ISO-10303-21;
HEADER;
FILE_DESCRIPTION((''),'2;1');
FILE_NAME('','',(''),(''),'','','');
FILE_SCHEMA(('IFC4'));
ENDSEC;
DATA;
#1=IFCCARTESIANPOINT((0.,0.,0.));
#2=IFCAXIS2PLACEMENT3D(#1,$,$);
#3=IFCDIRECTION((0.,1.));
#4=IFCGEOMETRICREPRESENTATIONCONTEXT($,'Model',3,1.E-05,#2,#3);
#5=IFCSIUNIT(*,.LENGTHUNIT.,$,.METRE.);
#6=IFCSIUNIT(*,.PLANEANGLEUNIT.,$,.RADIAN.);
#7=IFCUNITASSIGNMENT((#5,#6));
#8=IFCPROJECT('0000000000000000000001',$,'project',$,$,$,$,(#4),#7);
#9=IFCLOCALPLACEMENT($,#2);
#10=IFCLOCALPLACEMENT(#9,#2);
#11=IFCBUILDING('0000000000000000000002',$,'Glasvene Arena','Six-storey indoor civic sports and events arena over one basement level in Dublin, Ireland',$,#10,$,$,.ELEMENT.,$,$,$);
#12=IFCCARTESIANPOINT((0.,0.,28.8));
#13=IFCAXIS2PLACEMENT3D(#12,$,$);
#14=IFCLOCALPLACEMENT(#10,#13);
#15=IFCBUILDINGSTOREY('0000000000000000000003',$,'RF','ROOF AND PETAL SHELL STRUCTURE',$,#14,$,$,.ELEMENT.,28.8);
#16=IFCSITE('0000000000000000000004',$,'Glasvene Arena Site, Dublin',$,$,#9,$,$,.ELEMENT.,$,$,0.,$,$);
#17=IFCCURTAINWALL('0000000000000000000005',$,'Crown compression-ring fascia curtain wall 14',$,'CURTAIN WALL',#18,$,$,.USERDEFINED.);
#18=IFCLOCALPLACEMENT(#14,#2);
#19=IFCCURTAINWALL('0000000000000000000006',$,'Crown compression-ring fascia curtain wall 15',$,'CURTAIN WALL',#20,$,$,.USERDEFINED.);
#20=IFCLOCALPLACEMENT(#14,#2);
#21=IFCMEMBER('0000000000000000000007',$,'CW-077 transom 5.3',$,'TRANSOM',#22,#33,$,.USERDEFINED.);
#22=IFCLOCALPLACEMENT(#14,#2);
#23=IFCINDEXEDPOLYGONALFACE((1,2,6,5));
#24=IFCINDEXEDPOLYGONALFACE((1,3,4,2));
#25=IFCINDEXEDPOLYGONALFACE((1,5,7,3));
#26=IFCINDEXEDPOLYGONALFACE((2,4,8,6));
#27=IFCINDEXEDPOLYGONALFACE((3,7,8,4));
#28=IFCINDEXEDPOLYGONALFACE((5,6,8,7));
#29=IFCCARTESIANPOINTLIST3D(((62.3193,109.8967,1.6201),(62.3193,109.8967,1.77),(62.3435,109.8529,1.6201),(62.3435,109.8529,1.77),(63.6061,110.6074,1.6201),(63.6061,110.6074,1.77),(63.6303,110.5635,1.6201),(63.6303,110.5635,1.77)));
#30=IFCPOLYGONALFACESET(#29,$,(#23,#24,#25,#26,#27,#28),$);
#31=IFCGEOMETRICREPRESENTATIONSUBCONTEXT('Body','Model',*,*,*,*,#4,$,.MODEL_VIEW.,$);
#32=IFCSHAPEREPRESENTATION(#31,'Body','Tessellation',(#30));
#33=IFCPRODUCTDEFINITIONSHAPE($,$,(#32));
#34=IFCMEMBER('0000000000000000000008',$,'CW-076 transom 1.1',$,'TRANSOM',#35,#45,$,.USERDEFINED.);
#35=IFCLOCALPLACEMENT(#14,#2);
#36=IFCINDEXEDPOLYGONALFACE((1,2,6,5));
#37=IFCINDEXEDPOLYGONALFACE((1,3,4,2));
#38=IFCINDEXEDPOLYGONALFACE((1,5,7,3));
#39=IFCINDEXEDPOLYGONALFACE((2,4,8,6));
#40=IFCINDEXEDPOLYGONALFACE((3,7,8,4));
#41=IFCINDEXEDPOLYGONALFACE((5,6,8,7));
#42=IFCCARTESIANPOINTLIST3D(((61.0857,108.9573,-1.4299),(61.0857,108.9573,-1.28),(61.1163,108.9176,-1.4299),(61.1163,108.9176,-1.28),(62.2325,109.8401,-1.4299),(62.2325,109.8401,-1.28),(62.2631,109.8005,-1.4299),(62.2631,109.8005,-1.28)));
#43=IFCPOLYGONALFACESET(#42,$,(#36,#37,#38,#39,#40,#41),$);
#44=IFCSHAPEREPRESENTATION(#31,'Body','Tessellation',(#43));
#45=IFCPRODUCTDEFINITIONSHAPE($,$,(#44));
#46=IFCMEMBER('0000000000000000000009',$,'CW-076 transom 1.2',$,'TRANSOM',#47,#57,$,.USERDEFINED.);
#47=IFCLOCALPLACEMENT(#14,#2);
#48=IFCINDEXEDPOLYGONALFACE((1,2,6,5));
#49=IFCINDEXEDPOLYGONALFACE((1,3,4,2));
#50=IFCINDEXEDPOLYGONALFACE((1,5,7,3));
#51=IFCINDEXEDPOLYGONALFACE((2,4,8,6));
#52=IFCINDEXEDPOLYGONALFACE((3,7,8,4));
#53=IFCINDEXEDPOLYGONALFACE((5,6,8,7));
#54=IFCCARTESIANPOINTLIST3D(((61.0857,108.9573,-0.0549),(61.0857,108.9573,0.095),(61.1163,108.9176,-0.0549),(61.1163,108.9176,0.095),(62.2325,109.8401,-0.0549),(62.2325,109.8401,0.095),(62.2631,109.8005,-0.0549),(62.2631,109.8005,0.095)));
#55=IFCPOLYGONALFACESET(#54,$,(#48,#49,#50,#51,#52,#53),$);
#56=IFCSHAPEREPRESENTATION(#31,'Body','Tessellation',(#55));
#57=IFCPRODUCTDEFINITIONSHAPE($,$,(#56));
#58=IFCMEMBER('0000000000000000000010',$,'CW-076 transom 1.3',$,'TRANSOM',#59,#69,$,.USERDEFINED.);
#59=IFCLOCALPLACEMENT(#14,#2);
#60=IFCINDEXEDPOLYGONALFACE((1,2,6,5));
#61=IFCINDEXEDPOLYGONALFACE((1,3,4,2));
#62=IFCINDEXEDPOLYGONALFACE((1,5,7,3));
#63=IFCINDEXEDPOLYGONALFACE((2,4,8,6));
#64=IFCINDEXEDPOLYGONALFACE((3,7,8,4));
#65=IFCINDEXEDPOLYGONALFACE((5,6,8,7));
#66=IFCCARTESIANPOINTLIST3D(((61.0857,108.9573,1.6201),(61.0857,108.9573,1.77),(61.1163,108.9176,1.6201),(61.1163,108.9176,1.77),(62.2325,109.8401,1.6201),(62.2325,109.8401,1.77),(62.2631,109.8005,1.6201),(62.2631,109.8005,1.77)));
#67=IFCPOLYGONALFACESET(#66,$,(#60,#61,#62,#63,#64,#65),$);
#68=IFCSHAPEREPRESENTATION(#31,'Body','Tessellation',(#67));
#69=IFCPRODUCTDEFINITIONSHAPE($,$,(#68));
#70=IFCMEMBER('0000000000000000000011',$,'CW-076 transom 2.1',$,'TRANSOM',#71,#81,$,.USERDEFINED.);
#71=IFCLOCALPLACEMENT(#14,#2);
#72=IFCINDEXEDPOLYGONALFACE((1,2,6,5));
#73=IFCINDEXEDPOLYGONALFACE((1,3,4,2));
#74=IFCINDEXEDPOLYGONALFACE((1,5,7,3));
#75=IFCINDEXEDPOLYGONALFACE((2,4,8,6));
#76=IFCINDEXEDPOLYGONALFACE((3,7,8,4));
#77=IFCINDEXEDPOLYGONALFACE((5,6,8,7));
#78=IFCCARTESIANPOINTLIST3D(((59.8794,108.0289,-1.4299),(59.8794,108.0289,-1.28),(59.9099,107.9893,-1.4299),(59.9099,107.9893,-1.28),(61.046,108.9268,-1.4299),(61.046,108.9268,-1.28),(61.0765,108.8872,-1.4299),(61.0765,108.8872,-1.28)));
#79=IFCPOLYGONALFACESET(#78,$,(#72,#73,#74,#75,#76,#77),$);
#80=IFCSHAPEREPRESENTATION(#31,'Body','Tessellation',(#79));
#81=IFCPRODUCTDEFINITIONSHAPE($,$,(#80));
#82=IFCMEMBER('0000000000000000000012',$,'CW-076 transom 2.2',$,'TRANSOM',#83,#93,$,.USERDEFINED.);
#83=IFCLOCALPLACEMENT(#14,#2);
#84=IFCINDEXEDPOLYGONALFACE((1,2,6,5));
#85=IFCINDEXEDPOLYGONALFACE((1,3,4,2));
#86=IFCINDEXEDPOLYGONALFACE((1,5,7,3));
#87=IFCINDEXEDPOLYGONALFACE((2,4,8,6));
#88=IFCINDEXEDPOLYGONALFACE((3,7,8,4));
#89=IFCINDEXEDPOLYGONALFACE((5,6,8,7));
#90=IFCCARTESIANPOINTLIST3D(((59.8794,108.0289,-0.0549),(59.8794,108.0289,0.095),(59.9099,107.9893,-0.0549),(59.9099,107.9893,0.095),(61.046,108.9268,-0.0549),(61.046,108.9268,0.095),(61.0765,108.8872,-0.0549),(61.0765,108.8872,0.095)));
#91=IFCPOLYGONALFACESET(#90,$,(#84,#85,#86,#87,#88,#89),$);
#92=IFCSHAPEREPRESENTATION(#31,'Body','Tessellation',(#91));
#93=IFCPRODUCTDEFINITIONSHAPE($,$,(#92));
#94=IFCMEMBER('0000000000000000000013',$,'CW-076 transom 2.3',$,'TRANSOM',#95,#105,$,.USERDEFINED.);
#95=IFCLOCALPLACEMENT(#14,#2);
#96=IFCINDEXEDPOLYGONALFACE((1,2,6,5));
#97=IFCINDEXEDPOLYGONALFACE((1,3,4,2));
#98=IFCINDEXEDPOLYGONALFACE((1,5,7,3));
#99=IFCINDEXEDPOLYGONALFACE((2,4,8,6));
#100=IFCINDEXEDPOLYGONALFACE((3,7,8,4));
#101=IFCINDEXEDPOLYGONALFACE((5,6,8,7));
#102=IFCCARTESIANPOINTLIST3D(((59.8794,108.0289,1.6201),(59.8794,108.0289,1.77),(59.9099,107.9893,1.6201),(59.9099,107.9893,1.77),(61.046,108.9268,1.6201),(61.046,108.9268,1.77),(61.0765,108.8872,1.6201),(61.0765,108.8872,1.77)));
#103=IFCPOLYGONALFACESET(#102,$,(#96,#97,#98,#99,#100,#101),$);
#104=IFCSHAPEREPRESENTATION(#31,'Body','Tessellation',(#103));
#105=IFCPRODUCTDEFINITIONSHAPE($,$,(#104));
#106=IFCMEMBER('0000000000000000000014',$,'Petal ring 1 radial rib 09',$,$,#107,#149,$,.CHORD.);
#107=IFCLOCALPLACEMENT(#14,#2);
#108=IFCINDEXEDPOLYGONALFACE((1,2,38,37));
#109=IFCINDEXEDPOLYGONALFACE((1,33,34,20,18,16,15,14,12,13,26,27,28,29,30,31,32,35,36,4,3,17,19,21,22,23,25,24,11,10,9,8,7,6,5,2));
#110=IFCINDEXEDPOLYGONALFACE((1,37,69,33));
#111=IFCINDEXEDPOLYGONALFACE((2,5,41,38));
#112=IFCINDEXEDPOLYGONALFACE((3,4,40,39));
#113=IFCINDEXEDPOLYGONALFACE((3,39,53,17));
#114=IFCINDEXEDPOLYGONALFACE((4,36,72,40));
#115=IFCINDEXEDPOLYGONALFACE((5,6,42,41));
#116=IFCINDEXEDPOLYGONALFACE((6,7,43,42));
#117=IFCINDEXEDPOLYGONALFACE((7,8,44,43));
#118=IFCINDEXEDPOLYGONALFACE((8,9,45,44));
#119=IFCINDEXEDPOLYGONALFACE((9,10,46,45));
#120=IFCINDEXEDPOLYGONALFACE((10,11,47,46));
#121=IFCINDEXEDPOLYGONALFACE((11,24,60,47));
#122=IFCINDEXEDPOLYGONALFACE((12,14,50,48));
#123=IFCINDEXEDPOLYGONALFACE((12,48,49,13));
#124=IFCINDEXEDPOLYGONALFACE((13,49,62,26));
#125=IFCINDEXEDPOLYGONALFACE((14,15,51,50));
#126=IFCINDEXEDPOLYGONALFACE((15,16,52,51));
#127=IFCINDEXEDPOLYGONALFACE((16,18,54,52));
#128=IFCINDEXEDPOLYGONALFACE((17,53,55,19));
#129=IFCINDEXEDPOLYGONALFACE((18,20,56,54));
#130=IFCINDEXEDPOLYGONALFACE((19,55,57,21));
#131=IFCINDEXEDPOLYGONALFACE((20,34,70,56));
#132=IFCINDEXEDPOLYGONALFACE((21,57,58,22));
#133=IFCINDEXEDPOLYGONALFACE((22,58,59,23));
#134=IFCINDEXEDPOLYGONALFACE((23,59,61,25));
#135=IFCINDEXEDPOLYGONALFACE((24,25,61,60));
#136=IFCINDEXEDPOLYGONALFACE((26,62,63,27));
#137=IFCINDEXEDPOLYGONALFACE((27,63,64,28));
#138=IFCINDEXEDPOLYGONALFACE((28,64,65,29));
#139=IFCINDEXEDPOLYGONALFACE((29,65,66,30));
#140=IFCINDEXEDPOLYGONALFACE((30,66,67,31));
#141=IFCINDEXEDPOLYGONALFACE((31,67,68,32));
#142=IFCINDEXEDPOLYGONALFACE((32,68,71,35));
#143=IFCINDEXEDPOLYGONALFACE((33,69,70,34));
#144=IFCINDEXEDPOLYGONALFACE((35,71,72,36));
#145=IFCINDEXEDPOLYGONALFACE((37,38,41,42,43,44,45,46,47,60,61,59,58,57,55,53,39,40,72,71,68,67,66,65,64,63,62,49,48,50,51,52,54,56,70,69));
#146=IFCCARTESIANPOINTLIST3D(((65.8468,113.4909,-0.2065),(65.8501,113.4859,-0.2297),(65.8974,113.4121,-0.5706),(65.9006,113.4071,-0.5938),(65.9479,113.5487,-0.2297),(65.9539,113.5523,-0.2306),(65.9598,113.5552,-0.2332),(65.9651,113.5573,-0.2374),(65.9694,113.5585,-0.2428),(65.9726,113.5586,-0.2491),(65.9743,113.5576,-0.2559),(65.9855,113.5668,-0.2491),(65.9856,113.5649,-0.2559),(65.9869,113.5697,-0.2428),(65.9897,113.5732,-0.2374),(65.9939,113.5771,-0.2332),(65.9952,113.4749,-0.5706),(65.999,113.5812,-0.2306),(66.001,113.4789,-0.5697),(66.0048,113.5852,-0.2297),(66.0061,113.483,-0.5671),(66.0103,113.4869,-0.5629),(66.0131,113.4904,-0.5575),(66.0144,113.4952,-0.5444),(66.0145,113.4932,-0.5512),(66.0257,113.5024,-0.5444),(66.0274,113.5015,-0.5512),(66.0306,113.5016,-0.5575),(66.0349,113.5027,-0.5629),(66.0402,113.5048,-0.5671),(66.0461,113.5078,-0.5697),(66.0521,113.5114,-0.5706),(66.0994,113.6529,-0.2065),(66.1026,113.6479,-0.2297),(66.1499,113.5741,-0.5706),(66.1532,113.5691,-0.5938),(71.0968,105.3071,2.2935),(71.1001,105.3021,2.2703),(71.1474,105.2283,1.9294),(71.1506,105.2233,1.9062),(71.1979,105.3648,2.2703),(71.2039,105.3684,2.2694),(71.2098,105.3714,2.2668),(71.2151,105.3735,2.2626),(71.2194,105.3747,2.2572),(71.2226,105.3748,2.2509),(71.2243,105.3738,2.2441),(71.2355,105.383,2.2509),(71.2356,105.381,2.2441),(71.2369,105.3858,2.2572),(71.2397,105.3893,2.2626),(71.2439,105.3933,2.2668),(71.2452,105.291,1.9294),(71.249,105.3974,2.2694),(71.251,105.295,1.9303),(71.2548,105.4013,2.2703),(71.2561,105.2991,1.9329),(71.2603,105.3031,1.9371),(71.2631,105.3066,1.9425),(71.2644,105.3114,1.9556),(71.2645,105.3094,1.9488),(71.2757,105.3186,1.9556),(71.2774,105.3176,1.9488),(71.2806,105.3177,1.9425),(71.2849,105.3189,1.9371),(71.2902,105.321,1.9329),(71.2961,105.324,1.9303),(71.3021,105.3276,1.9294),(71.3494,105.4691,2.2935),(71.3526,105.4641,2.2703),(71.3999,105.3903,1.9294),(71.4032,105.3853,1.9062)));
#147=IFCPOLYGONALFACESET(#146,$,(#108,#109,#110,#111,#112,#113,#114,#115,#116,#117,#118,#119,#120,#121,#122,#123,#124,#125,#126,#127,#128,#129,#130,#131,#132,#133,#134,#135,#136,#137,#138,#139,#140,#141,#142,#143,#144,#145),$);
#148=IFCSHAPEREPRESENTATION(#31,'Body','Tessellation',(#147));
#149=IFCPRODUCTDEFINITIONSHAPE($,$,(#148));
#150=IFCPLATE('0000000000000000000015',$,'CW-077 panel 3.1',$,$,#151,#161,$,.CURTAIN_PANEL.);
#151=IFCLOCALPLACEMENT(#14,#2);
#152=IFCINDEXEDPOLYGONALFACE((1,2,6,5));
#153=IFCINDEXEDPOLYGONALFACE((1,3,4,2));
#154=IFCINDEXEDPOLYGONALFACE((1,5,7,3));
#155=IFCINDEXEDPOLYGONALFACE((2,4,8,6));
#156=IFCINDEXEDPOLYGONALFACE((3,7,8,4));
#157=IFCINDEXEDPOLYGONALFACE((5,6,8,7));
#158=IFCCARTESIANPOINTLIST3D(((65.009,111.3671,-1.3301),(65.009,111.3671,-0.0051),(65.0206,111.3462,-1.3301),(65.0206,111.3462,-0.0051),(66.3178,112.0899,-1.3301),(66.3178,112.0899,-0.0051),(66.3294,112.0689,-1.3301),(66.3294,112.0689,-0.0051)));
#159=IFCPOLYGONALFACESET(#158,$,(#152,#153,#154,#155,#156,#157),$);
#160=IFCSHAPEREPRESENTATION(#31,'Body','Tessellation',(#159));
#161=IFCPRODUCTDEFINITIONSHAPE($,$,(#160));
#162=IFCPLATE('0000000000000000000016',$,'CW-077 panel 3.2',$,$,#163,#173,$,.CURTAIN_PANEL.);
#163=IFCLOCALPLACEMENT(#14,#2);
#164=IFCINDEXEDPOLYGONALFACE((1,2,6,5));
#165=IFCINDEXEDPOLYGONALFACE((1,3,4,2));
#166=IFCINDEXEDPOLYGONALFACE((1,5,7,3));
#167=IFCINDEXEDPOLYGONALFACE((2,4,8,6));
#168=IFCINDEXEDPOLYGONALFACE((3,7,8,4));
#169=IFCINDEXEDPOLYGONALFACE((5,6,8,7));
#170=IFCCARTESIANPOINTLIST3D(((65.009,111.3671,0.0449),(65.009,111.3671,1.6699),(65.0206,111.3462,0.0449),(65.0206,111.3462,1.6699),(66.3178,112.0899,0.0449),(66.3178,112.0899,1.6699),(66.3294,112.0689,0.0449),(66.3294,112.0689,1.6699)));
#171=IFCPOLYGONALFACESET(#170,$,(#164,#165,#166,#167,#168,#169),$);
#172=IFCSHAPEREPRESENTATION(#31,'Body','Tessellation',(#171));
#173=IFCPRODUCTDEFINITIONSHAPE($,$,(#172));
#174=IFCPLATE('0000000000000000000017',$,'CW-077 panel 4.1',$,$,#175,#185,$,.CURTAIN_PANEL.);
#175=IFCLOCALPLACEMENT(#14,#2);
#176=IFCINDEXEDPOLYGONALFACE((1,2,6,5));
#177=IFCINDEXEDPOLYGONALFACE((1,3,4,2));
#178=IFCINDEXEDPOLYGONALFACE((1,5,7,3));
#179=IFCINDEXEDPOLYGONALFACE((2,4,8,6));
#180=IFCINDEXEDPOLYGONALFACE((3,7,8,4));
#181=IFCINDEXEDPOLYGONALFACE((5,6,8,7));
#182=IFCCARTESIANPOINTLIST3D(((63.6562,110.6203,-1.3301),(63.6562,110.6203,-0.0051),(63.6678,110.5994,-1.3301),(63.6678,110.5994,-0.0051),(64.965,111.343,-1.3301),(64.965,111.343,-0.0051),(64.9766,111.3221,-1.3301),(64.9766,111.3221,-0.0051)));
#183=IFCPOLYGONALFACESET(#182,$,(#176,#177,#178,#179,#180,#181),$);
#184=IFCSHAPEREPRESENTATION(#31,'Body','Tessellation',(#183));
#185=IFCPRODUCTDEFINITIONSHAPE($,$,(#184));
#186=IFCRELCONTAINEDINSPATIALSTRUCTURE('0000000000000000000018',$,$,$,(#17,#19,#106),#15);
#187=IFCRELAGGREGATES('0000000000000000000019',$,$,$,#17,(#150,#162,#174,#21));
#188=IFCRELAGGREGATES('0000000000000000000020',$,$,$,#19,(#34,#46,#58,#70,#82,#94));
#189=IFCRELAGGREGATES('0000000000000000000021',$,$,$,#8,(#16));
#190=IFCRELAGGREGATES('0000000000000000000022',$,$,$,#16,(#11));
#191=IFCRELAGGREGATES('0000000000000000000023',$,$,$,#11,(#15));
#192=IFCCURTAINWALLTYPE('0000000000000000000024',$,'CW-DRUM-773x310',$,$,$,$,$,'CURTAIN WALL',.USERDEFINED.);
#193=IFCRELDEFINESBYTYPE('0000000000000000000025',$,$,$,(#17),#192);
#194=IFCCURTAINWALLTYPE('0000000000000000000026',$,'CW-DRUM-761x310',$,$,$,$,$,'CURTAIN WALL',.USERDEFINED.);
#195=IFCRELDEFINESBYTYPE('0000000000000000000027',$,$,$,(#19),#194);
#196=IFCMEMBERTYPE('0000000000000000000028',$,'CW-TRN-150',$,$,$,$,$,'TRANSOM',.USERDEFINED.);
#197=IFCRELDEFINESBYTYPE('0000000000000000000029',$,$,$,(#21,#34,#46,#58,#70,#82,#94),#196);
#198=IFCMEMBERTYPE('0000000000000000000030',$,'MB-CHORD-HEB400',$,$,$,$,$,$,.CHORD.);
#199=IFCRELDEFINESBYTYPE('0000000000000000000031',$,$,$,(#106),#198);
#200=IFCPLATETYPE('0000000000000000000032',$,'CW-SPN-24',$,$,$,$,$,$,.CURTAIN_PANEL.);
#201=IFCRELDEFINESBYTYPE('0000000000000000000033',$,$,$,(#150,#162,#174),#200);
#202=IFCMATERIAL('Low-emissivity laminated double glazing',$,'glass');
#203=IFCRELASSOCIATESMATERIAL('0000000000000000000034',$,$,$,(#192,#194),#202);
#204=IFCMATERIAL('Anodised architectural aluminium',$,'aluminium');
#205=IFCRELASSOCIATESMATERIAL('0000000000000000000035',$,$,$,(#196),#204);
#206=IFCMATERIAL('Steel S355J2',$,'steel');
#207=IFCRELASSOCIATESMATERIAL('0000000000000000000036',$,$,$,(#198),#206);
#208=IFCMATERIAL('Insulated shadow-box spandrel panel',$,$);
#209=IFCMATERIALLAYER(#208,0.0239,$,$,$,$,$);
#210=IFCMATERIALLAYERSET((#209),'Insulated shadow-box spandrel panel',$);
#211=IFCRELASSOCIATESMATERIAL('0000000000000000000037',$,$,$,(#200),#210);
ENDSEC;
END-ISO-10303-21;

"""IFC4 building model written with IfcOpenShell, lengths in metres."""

from ifc_helpers import new_model, si_unit, direction, frame, origin, origin_2d, place, context, subcontext, project, spatial, rectangle, i_section, extrude, material, layer, layer_set, material_profile, profile_set, type_object, element, aggregate, save


model = new_model("IFC4")

# Units and contexts
model_context = context("Model", 3, precision=1e-05, world=origin(), true_north=direction((0.0, 1.0)))
body_context = subcontext(model_context, "Body", "Model", "MODEL_VIEW")
ifc_project = project(units=[si_unit("LENGTHUNIT", "METRE"), si_unit("PLANEANGLEUNIT", "RADIAN")], contexts=[model_context])

# Site, building, storey
site_placement = place(None, origin())
site = spatial("IfcSite", under=ifc_project, at=site_placement, Name="Glasvene Arena Site, Dublin", CompositionType="ELEMENT", RefElevation=0.0)
building_placement = place(site_placement, origin())
building = spatial("IfcBuilding", under=site, at=building_placement, Name="Glasvene Arena", Description="Six-storey indoor civic sports and events arena over one basement level in Dublin, Ireland", CompositionType="ELEMENT")
storey_placement = place(building_placement, frame((0.0, 0.0, 28.8)))
storey = spatial("IfcBuildingStorey", under=building, at=storey_placement, Name="RF", Description="ROOF AND PETAL SHELL STRUCTURE", CompositionType="ELEMENT", Elevation=28.8)

# Shared definitions
ifc_material_1 = material(Name="Steel S355J2", Category="steel")

# Curtain walls
ifc_material_2 = material(Name="Low-emissivity laminated double glazing", Category="glass")
curtain_wall_type_1 = type_object("IfcCurtainWallType", Name="CW-DRUM-773x310", ElementType="CURTAIN WALL", PredefinedType="USERDEFINED", material=ifc_material_2)
curtain_wall_1_placement = place(storey_placement, frame((69.0508, 113.5852, 0.0)))
curtain_wall_1 = element("IfcCurtainWall", 1, at=curtain_wall_1_placement, inside=storey, type_object=curtain_wall_type_1, Name="Crown compression-ring fascia curtain wall 14", ObjectType="CURTAIN WALL", PredefinedType="USERDEFINED")
ifc_material_3 = material(Name="Anodised architectural aluminium", Category="aluminium")
curtain_wall_type_2 = type_object("IfcCurtainWallType", Name="CW-DRUM-761x310", ElementType="CURTAIN WALL", PredefinedType="USERDEFINED", material=ifc_material_2)
curtain_wall_2_placement = place(storey_placement, frame((62.2876, 109.8506, 0.0)))
curtain_wall_2 = element("IfcCurtainWall", 2, at=curtain_wall_2_placement, inside=storey, type_object=curtain_wall_type_2, Name="Crown compression-ring fascia curtain wall 15", ObjectType="CURTAIN WALL", PredefinedType="USERDEFINED")

# Members
ifc_material_profile_1 = material_profile(ifc_material_3, rectangle(XDim=0.05, YDim=0.1499, at=origin_2d()), Name="ALU TRANSOM 50x150")
ifc_profile_set_1 = profile_set([ifc_material_profile_1], Name="Anodised architectural aluminium")
member_type_1 = type_object("IfcMemberType", Name="CW-TRN-150", ElementType="TRANSOM", PredefinedType="USERDEFINED", material=ifc_profile_set_1)
member_1_placement = place(storey_placement, frame((63.6182, 110.5854, 1.6951), z_axis=(-0.875377, -0.483442, 0.0), x_axis=(0.483442, -0.875377, 0.0)))
member_1 = element("IfcMember", 3, at=member_1_placement, type_object=member_type_1, Name="CW-077 transom 5.3", ObjectType="TRANSOM", PredefinedType="USERDEFINED", context=body_context, shape_type="SweptSolid", body=[
    extrude(rectangle(XDim=0.05, YDim=0.1499, at=origin_2d()), origin(), (0.0, 0.0, 1.0), 1.47),
])
member_2_placement = place(storey_placement, frame((62.2478, 109.8203, -1.355), z_axis=(-0.792386, -0.610021, 0.0), x_axis=(0.610021, -0.792386, 0.0)))
member_2 = element("IfcMember", 4, at=member_2_placement, type_object=member_type_1, Name="CW-076 transom 1.1", ObjectType="TRANSOM", PredefinedType="USERDEFINED", context=body_context, shape_type="SweptSolid", body=[
    extrude(rectangle(XDim=0.05, YDim=0.1499, at=origin_2d()), origin(), (0.0, 0.0, 1.0), 1.4473),
])
member_3_placement = place(storey_placement, frame((62.2478, 109.8203, 0.02), z_axis=(-0.792386, -0.610021, 0.0), x_axis=(0.610021, -0.792386, 0.0)))
member_3 = element("IfcMember", 5, at=member_3_placement, type_object=member_type_1, Name="CW-076 transom 1.2", ObjectType="TRANSOM", PredefinedType="USERDEFINED", context=body_context, shape_type="SweptSolid", body=[
    extrude(rectangle(XDim=0.05, YDim=0.1499, at=origin_2d()), origin(), (0.0, 0.0, 1.0), 1.4473),
])
member_4_placement = place(storey_placement, frame((62.2478, 109.8203, 1.6951), z_axis=(-0.792386, -0.610021, 0.0), x_axis=(0.610021, -0.792386, 0.0)))
member_4 = element("IfcMember", 6, at=member_4_placement, type_object=member_type_1, Name="CW-076 transom 1.3", ObjectType="TRANSOM", PredefinedType="USERDEFINED", context=body_context, shape_type="SweptSolid", body=[
    extrude(rectangle(XDim=0.05, YDim=0.1499, at=origin_2d()), origin(), (0.0, 0.0, 1.0), 1.4473),
])
member_5_placement = place(storey_placement, frame((61.0613, 108.907, -1.355), z_axis=(-0.792476, -0.609903, 0.0), x_axis=(0.609903, -0.792476, 0.0)))
member_5 = element("IfcMember", 7, at=member_5_placement, type_object=member_type_1, Name="CW-076 transom 2.1", ObjectType="TRANSOM", PredefinedType="USERDEFINED", context=body_context, shape_type="SweptSolid", body=[
    extrude(rectangle(XDim=0.05, YDim=0.1499, at=origin_2d()), origin(), (0.0, 0.0, 1.0), 1.4722),
])
member_6_placement = place(storey_placement, frame((61.0613, 108.907, 0.02), z_axis=(-0.792476, -0.609903, 0.0), x_axis=(0.609903, -0.792476, 0.0)))
member_6 = element("IfcMember", 8, at=member_6_placement, type_object=member_type_1, Name="CW-076 transom 2.2", ObjectType="TRANSOM", PredefinedType="USERDEFINED", context=body_context, shape_type="SweptSolid", body=[
    extrude(rectangle(XDim=0.05, YDim=0.1499, at=origin_2d()), origin(), (0.0, 0.0, 1.0), 1.4722),
])
member_7_placement = place(storey_placement, frame((61.0613, 108.907, 1.6951), z_axis=(-0.792476, -0.609903, 0.0), x_axis=(0.609903, -0.792476, 0.0)))
member_7 = element("IfcMember", 9, at=member_7_placement, type_object=member_type_1, Name="CW-076 transom 2.3", ObjectType="TRANSOM", PredefinedType="USERDEFINED", context=body_context, shape_type="SweptSolid", body=[
    extrude(rectangle(XDim=0.05, YDim=0.1499, at=origin_2d()), origin(), (0.0, 0.0, 1.0), 1.4722),
])
ifc_material_profile_2 = material_profile(ifc_material_1, i_section(OverallWidth=0.3, OverallDepth=0.3999, WebThickness=0.0134, FlangeThickness=0.0239, FilletRadius=0.0271, at=origin_2d()), Name="HEB 400")
ifc_profile_set_2 = profile_set([ifc_material_profile_2], Name="Steel S355J2")
member_type_2 = type_object("IfcMemberType", Name="MB-CHORD-HEB400", PredefinedType="CHORD", material=ifc_profile_set_2)
member_8_placement = place(storey_placement, frame((66.0, 113.53, -0.4001), z_axis=(0.522944, -0.815179, 0.249021), x_axis=(0.841695, 0.539954, 0.0)))
element("IfcMember", 10, at=member_8_placement, inside=storey, type_object=member_type_2, Name="Petal ring 1 radial rib 09", PredefinedType="CHORD", context=body_context, shape_type="SweptSolid", body=[
    extrude(i_section(OverallWidth=0.3, OverallDepth=0.3999, WebThickness=0.0134, FlangeThickness=0.0239, FilletRadius=0.0271, at=origin_2d()), origin(), (0.0, 0.0, 1.0), 10.0393),
])

# Plates
ifc_material_4 = material(Name="Insulated shadow-box spandrel panel")
ifc_layer_1 = layer(ifc_material_4, 0.0239)
ifc_layer_set_1 = layer_set([ifc_layer_1], Name="Insulated shadow-box spandrel panel")
plate_type_1 = type_object("IfcPlateType", Name="CW-SPN-24", PredefinedType="CURTAIN_PANEL", material=ifc_layer_set_1)
plate_1_placement = place(storey_placement, frame((65.6692, 111.718, -1.3301), z_axis=(0.0, 0.0, 1.0), x_axis=(-0.875407, -0.483387, 0.0)))
plate_1 = element("IfcPlate", 11, at=plate_1_placement, type_object=plate_type_1, Name="CW-077 panel 3.1", PredefinedType="CURTAIN_PANEL", context=body_context, shape_type="SweptSolid", body=[
    extrude(rectangle(XDim=1.4951, YDim=0.0239, at=origin_2d()), origin(), (0.0, 0.0, 1.0), 1.325),
])
plate_2_placement = place(storey_placement, frame((65.6692, 111.718, 0.0449), z_axis=(0.0, 0.0, 1.0), x_axis=(-0.875407, -0.483387, 0.0)))
plate_2 = element("IfcPlate", 12, at=plate_2_placement, type_object=plate_type_1, Name="CW-077 panel 3.2", PredefinedType="CURTAIN_PANEL", context=body_context, shape_type="SweptSolid", body=[
    extrude(rectangle(XDim=1.4951, YDim=0.0239, at=origin_2d()), origin(), (0.0, 0.0, 1.0), 1.625),
])
plate_3_placement = place(storey_placement, frame((64.3164, 110.9712, -1.3301), z_axis=(0.0, 0.0, 1.0), x_axis=(-0.875407, -0.483387, 0.0)))
plate_3 = element("IfcPlate", 13, at=plate_3_placement, type_object=plate_type_1, Name="CW-077 panel 4.1", PredefinedType="CURTAIN_PANEL", context=body_context, shape_type="SweptSolid", body=[
    extrude(rectangle(XDim=1.4951, YDim=0.0239, at=origin_2d()), origin(), (0.0, 0.0, 1.0), 1.325),
])
aggregate(curtain_wall_1, [plate_1, plate_2, plate_3, member_1])
aggregate(curtain_wall_2, [member_2, member_3, member_4, member_5, member_6, member_7])

save(model, "model.ifc")
